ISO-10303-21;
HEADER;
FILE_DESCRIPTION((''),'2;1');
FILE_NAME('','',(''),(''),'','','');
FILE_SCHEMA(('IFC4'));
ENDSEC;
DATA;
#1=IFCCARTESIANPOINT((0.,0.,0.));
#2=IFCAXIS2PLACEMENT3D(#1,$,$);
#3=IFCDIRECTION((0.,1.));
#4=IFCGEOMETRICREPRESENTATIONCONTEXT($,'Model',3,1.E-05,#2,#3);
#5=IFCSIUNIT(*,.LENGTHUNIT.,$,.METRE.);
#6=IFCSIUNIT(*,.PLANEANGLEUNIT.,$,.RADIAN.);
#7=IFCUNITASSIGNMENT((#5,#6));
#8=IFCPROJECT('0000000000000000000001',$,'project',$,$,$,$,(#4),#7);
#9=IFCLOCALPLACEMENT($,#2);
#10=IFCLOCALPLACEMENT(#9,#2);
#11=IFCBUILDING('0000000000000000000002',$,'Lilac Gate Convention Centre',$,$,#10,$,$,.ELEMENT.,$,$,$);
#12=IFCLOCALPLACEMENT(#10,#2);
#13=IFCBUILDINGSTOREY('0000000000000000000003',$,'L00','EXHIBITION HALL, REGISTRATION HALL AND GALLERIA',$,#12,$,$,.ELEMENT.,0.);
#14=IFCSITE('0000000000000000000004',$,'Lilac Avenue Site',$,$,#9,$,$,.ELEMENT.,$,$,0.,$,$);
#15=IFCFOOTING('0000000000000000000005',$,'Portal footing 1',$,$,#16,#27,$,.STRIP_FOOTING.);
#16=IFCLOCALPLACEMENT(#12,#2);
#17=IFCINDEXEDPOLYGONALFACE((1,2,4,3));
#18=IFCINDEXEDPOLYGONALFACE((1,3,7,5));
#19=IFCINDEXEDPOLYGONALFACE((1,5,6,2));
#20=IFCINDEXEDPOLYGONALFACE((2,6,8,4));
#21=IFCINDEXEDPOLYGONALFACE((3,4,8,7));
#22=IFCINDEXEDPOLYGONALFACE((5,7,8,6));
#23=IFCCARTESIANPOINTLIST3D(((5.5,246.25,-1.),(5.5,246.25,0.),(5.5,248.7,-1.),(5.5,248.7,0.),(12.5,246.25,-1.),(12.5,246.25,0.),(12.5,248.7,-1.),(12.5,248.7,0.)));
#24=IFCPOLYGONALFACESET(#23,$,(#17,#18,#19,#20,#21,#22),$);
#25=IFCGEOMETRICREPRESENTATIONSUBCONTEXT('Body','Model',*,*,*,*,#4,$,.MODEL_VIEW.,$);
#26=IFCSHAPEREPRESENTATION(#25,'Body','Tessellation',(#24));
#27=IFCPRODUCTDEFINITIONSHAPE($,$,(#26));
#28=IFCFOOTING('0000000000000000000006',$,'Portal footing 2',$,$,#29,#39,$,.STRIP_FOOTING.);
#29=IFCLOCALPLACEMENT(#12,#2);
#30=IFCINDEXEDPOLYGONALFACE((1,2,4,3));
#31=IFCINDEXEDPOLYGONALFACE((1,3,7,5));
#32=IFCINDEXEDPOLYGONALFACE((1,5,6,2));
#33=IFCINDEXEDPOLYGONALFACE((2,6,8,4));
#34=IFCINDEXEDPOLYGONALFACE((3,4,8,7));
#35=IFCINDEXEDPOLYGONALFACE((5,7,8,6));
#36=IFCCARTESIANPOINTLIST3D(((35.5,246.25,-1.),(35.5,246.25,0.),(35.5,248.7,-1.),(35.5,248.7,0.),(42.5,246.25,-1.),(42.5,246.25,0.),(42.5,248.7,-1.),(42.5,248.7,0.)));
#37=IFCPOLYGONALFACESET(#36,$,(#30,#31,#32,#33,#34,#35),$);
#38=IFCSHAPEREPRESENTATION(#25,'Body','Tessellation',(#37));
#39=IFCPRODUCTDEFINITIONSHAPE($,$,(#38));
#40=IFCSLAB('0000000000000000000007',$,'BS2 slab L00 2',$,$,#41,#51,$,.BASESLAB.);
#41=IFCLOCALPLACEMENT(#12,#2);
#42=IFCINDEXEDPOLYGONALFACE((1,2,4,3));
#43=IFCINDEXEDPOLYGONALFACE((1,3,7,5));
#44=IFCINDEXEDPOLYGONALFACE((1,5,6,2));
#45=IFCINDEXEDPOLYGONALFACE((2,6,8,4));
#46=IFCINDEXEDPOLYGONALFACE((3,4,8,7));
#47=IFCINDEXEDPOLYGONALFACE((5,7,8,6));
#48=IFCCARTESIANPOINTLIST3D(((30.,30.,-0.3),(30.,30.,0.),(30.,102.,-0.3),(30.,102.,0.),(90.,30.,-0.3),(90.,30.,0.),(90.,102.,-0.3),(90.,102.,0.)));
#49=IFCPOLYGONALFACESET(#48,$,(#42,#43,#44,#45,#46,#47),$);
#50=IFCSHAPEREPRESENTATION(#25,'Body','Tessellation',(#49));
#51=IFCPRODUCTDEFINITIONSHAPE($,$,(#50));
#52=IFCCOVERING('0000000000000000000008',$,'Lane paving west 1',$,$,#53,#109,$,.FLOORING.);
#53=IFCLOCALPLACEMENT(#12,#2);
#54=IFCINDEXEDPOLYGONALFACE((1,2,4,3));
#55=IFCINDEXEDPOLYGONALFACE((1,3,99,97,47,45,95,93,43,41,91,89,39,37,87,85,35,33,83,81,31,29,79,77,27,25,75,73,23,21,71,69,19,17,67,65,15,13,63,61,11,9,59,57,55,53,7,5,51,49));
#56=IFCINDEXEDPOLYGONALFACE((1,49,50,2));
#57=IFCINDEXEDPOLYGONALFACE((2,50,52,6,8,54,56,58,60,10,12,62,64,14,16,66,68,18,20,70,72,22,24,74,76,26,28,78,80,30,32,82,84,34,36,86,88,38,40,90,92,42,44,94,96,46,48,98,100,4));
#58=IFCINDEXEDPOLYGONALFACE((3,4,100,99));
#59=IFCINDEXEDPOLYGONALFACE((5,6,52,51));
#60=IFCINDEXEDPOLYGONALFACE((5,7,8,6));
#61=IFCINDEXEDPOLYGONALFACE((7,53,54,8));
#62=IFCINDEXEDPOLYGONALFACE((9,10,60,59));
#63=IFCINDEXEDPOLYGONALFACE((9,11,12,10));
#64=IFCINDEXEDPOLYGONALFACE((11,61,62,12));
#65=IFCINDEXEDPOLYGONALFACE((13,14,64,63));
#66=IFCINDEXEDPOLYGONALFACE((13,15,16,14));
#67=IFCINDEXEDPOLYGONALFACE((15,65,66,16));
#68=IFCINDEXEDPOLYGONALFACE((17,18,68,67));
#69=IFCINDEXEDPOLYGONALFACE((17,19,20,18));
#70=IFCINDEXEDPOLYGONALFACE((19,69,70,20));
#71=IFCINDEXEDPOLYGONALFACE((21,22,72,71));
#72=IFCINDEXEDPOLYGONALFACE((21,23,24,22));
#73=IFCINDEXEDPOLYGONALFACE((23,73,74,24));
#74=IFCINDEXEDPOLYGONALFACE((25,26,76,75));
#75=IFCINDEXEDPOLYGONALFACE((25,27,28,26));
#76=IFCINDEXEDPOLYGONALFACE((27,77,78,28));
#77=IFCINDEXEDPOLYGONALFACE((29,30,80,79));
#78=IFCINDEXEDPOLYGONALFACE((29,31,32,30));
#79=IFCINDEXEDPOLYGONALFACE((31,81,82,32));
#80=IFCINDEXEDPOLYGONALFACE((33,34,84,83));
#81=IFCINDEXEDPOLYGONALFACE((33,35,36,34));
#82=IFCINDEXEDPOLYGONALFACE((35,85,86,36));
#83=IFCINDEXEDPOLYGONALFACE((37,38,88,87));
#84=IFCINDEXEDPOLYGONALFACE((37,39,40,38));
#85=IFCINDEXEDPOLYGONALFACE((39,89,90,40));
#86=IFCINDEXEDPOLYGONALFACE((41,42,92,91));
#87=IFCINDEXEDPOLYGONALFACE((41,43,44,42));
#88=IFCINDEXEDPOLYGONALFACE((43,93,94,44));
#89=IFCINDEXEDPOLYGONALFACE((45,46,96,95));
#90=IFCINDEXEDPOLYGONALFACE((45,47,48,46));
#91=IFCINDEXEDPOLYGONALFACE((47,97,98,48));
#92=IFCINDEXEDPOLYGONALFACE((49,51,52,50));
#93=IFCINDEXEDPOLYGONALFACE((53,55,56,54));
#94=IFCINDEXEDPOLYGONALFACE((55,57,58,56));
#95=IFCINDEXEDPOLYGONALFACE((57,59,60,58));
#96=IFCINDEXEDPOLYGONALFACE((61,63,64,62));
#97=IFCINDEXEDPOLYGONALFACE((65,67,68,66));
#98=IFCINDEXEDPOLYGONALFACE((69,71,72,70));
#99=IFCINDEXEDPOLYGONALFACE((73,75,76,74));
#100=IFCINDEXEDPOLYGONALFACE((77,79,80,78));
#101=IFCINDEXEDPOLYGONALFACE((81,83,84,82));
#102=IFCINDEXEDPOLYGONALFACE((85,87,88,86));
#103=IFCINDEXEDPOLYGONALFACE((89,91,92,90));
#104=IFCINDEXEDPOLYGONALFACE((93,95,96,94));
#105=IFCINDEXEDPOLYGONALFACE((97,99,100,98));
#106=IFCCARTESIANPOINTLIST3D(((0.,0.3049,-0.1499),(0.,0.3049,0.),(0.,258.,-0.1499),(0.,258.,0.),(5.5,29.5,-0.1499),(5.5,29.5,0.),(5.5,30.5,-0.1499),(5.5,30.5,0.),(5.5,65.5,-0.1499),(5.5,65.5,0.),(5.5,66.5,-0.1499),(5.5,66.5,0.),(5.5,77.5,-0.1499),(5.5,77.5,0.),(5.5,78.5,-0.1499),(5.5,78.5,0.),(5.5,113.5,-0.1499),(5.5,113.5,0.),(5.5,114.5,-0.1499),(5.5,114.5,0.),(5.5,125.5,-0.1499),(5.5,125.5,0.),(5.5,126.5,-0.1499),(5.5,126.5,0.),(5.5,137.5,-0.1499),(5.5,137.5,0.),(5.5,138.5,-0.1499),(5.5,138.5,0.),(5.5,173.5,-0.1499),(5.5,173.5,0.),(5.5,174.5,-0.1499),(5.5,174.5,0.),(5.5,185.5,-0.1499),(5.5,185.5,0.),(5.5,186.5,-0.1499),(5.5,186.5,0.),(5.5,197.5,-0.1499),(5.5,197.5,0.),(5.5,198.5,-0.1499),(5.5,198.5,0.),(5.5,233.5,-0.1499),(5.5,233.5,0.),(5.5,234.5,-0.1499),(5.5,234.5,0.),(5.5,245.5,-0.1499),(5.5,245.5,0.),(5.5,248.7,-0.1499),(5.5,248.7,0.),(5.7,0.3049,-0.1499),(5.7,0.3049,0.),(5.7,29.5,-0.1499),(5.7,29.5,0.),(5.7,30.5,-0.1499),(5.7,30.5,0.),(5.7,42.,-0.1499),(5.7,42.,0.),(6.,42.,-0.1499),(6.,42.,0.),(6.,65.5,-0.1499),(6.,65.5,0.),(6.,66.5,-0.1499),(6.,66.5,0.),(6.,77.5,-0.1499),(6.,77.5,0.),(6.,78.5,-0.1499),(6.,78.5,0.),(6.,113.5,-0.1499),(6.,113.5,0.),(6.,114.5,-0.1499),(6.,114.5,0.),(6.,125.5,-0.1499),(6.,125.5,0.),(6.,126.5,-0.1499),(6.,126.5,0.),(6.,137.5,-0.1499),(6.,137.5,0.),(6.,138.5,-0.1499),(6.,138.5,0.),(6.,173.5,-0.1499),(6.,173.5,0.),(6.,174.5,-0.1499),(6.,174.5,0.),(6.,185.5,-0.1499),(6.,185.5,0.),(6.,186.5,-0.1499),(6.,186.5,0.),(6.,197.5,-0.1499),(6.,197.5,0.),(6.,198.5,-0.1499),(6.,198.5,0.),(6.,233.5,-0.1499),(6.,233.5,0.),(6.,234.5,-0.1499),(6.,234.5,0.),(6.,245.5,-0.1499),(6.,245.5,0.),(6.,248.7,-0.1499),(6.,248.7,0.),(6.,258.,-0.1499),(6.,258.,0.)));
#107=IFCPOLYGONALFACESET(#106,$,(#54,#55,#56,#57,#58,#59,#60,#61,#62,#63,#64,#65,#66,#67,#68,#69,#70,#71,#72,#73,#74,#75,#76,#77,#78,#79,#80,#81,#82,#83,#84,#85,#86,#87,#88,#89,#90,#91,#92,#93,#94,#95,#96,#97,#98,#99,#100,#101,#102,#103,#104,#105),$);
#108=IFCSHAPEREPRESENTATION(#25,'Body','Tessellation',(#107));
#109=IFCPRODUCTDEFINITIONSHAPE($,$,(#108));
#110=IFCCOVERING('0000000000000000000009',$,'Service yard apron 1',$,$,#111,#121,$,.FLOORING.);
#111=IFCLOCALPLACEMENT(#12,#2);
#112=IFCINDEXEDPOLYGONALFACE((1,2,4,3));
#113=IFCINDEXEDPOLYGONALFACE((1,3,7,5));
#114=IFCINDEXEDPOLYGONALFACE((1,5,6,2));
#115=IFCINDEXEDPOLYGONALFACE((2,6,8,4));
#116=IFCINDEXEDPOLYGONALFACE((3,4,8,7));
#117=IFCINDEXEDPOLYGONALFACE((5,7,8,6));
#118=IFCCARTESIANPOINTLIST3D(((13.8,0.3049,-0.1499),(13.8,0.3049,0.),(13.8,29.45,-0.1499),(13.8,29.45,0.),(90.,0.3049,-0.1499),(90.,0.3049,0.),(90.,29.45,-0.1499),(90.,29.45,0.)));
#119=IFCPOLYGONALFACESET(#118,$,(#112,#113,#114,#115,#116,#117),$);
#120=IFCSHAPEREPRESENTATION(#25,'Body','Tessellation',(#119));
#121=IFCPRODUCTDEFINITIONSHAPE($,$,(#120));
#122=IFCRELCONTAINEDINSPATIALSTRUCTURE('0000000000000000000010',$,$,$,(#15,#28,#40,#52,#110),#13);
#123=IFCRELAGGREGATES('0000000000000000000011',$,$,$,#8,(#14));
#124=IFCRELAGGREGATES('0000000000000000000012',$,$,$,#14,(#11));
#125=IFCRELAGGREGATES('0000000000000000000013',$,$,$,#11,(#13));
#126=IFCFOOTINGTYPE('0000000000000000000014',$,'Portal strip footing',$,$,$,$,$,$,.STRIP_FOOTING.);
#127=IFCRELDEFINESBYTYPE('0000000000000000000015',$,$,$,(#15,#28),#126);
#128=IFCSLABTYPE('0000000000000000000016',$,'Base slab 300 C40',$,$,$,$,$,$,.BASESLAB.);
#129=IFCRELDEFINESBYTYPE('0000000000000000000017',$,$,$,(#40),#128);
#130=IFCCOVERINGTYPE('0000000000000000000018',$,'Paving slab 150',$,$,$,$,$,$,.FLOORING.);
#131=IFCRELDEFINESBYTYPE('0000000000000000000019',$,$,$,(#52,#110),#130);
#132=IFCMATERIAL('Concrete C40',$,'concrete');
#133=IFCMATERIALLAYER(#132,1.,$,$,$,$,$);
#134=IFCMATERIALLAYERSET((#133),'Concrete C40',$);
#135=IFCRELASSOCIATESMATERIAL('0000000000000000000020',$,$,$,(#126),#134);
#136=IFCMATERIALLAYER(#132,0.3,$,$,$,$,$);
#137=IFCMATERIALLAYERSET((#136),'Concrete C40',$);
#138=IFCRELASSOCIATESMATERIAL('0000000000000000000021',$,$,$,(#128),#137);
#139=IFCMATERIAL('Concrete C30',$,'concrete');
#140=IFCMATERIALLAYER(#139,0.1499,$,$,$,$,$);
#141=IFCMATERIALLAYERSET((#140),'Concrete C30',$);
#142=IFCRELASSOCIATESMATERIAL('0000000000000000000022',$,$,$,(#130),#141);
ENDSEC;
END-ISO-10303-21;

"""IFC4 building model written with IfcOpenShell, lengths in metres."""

from ifc_helpers import new_model, si_unit, direction, frame, origin, place, context, subcontext, project, spatial, polyline, outline, extrude, material, layer, layer_set, type_object, element, save


model = new_model("IFC4")

# Units and contexts
model_context = context("Model", 3, precision=1e-05, world=origin(), true_north=direction((0.0, 1.0)))
body_context = subcontext(model_context, "Body", "Model", "MODEL_VIEW")
ifc_project = project(units=[si_unit("LENGTHUNIT", "METRE"), si_unit("PLANEANGLEUNIT", "RADIAN")], contexts=[model_context])

# Site, building, storey
site_placement = place(None, origin())
site = spatial("IfcSite", under=ifc_project, at=site_placement, Name="Lilac Avenue Site", CompositionType="ELEMENT", RefElevation=0.0)
building_placement = place(site_placement, origin())
building = spatial("IfcBuilding", under=site, at=building_placement, Name="Lilac Gate Convention Centre", CompositionType="ELEMENT")
storey_placement = place(building_placement, origin())
storey = spatial("IfcBuildingStorey", under=building, at=storey_placement, Name="L00", Description="EXHIBITION HALL, REGISTRATION HALL AND GALLERIA", CompositionType="ELEMENT", Elevation=0.0)

# Footings
ifc_material_1 = material(Name="Concrete C40", Category="concrete")
ifc_layer_1 = layer(ifc_material_1, 1.0)
ifc_layer_set_1 = layer_set([ifc_layer_1], Name="Concrete C40")
footing_type_1 = type_object("IfcFootingType", Name="Portal strip footing", PredefinedType="STRIP_FOOTING", material=ifc_layer_set_1)
footing_1_placement = place(storey_placement, frame((0.0, 0.0, -1.0)))
element("IfcFooting", 1, at=footing_1_placement, inside=storey, type_object=footing_type_1, Name="Portal footing 1", PredefinedType="STRIP_FOOTING", context=body_context, shape_type="SweptSolid", body=[
    extrude(outline(polyline([(5.5, 246.25), (12.5, 246.25), (12.5, 248.7), (5.5, 248.7), (5.5, 246.25)])), origin(), (0.0, 0.0, 1.0), 1.0),
])
footing_2_placement = place(storey_placement, frame((0.0, 0.0, -1.0)))
element("IfcFooting", 2, at=footing_2_placement, inside=storey, type_object=footing_type_1, Name="Portal footing 2", PredefinedType="STRIP_FOOTING", context=body_context, shape_type="SweptSolid", body=[
    extrude(outline(polyline([(35.5, 246.25), (42.5, 246.25), (42.5, 248.7), (35.5, 248.7), (35.5, 246.25)])), origin(), (0.0, 0.0, 1.0), 1.0),
])

# Slab
ifc_layer_2 = layer(ifc_material_1, 0.3)
ifc_layer_set_2 = layer_set([ifc_layer_2], Name="Concrete C40")
slab_type_1 = type_object("IfcSlabType", Name="Base slab 300 C40", PredefinedType="BASESLAB", material=ifc_layer_set_2)
slab_1_placement = place(storey_placement, frame((0.0, 0.0, -0.3)))
element("IfcSlab", 3, at=slab_1_placement, inside=storey, type_object=slab_type_1, Name="BS2 slab L00 2", PredefinedType="BASESLAB", context=body_context, shape_type="SweptSolid", body=[
    extrude(outline(polyline([(30.0, 30.0), (30.0, 102.0), (90.0, 102.0), (90.0, 30.0), (30.0, 30.0)])), origin(), (0.0, 0.0, 1.0), 0.3),
])

# Coverings
ifc_material_2 = material(Name="Concrete C30", Category="concrete")
ifc_layer_3 = layer(ifc_material_2, 0.1499)
ifc_layer_set_3 = layer_set([ifc_layer_3], Name="Concrete C30")
covering_type = type_object("IfcCoveringType", Name="Paving slab 150", PredefinedType="FLOORING", material=ifc_layer_set_3)
covering_1_placement = place(storey_placement, frame((0.0, 0.0, -0.1499)))
element("IfcCovering", 4, at=covering_1_placement, inside=storey, type_object=covering_type, Name="Lane paving west 1", PredefinedType="FLOORING", context=body_context, shape_type="SweptSolid", body=[
    extrude(outline(polyline([(6.0, 42.0), (5.7, 42.0), (5.7, 30.5), (5.5, 30.5), (5.5, 29.5), (5.7, 29.5), (5.7, 0.3049), (0.0, 0.3049), (0.0, 258.0), (6.0, 258.0), (6.0, 248.7), (5.5, 248.7), (5.5, 245.5), (6.0, 245.5), (6.0, 234.5), (5.5, 234.5), (5.5, 233.5), (6.0, 233.5), (6.0, 198.5), (5.5, 198.5), (5.5, 197.5), (6.0, 197.5), (6.0, 186.5), (5.5, 186.5), (5.5, 185.5), (6.0, 185.5), (6.0, 174.5), (5.5, 174.5), (5.5, 173.5), (6.0, 173.5), (6.0, 138.5), (5.5, 138.5), (5.5, 137.5), (6.0, 137.5), (6.0, 126.5), (5.5, 126.5), (5.5, 125.5), (6.0, 125.5), (6.0, 114.5), (5.5, 114.5), (5.5, 113.5), (6.0, 113.5), (6.0, 78.5), (5.5, 78.5), (5.5, 77.5), (6.0, 77.5), (6.0, 66.5), (5.5, 66.5), (5.5, 65.5), (6.0, 65.5), (6.0, 42.0)])), origin(), (0.0, 0.0, 1.0), 0.1499),
])
covering_2_placement = place(storey_placement, frame((0.0, 0.0, -0.1499)))
element("IfcCovering", 5, at=covering_2_placement, inside=storey, type_object=covering_type, Name="Service yard apron 1", PredefinedType="FLOORING", context=body_context, shape_type="SweptSolid", body=[
    extrude(outline(polyline([(90.0, 29.45), (90.0, 0.3049), (13.8, 0.3049), (13.8, 29.45), (90.0, 29.45)])), origin(), (0.0, 0.0, 1.0), 0.1499),
])

save(model, "model.ifc")
